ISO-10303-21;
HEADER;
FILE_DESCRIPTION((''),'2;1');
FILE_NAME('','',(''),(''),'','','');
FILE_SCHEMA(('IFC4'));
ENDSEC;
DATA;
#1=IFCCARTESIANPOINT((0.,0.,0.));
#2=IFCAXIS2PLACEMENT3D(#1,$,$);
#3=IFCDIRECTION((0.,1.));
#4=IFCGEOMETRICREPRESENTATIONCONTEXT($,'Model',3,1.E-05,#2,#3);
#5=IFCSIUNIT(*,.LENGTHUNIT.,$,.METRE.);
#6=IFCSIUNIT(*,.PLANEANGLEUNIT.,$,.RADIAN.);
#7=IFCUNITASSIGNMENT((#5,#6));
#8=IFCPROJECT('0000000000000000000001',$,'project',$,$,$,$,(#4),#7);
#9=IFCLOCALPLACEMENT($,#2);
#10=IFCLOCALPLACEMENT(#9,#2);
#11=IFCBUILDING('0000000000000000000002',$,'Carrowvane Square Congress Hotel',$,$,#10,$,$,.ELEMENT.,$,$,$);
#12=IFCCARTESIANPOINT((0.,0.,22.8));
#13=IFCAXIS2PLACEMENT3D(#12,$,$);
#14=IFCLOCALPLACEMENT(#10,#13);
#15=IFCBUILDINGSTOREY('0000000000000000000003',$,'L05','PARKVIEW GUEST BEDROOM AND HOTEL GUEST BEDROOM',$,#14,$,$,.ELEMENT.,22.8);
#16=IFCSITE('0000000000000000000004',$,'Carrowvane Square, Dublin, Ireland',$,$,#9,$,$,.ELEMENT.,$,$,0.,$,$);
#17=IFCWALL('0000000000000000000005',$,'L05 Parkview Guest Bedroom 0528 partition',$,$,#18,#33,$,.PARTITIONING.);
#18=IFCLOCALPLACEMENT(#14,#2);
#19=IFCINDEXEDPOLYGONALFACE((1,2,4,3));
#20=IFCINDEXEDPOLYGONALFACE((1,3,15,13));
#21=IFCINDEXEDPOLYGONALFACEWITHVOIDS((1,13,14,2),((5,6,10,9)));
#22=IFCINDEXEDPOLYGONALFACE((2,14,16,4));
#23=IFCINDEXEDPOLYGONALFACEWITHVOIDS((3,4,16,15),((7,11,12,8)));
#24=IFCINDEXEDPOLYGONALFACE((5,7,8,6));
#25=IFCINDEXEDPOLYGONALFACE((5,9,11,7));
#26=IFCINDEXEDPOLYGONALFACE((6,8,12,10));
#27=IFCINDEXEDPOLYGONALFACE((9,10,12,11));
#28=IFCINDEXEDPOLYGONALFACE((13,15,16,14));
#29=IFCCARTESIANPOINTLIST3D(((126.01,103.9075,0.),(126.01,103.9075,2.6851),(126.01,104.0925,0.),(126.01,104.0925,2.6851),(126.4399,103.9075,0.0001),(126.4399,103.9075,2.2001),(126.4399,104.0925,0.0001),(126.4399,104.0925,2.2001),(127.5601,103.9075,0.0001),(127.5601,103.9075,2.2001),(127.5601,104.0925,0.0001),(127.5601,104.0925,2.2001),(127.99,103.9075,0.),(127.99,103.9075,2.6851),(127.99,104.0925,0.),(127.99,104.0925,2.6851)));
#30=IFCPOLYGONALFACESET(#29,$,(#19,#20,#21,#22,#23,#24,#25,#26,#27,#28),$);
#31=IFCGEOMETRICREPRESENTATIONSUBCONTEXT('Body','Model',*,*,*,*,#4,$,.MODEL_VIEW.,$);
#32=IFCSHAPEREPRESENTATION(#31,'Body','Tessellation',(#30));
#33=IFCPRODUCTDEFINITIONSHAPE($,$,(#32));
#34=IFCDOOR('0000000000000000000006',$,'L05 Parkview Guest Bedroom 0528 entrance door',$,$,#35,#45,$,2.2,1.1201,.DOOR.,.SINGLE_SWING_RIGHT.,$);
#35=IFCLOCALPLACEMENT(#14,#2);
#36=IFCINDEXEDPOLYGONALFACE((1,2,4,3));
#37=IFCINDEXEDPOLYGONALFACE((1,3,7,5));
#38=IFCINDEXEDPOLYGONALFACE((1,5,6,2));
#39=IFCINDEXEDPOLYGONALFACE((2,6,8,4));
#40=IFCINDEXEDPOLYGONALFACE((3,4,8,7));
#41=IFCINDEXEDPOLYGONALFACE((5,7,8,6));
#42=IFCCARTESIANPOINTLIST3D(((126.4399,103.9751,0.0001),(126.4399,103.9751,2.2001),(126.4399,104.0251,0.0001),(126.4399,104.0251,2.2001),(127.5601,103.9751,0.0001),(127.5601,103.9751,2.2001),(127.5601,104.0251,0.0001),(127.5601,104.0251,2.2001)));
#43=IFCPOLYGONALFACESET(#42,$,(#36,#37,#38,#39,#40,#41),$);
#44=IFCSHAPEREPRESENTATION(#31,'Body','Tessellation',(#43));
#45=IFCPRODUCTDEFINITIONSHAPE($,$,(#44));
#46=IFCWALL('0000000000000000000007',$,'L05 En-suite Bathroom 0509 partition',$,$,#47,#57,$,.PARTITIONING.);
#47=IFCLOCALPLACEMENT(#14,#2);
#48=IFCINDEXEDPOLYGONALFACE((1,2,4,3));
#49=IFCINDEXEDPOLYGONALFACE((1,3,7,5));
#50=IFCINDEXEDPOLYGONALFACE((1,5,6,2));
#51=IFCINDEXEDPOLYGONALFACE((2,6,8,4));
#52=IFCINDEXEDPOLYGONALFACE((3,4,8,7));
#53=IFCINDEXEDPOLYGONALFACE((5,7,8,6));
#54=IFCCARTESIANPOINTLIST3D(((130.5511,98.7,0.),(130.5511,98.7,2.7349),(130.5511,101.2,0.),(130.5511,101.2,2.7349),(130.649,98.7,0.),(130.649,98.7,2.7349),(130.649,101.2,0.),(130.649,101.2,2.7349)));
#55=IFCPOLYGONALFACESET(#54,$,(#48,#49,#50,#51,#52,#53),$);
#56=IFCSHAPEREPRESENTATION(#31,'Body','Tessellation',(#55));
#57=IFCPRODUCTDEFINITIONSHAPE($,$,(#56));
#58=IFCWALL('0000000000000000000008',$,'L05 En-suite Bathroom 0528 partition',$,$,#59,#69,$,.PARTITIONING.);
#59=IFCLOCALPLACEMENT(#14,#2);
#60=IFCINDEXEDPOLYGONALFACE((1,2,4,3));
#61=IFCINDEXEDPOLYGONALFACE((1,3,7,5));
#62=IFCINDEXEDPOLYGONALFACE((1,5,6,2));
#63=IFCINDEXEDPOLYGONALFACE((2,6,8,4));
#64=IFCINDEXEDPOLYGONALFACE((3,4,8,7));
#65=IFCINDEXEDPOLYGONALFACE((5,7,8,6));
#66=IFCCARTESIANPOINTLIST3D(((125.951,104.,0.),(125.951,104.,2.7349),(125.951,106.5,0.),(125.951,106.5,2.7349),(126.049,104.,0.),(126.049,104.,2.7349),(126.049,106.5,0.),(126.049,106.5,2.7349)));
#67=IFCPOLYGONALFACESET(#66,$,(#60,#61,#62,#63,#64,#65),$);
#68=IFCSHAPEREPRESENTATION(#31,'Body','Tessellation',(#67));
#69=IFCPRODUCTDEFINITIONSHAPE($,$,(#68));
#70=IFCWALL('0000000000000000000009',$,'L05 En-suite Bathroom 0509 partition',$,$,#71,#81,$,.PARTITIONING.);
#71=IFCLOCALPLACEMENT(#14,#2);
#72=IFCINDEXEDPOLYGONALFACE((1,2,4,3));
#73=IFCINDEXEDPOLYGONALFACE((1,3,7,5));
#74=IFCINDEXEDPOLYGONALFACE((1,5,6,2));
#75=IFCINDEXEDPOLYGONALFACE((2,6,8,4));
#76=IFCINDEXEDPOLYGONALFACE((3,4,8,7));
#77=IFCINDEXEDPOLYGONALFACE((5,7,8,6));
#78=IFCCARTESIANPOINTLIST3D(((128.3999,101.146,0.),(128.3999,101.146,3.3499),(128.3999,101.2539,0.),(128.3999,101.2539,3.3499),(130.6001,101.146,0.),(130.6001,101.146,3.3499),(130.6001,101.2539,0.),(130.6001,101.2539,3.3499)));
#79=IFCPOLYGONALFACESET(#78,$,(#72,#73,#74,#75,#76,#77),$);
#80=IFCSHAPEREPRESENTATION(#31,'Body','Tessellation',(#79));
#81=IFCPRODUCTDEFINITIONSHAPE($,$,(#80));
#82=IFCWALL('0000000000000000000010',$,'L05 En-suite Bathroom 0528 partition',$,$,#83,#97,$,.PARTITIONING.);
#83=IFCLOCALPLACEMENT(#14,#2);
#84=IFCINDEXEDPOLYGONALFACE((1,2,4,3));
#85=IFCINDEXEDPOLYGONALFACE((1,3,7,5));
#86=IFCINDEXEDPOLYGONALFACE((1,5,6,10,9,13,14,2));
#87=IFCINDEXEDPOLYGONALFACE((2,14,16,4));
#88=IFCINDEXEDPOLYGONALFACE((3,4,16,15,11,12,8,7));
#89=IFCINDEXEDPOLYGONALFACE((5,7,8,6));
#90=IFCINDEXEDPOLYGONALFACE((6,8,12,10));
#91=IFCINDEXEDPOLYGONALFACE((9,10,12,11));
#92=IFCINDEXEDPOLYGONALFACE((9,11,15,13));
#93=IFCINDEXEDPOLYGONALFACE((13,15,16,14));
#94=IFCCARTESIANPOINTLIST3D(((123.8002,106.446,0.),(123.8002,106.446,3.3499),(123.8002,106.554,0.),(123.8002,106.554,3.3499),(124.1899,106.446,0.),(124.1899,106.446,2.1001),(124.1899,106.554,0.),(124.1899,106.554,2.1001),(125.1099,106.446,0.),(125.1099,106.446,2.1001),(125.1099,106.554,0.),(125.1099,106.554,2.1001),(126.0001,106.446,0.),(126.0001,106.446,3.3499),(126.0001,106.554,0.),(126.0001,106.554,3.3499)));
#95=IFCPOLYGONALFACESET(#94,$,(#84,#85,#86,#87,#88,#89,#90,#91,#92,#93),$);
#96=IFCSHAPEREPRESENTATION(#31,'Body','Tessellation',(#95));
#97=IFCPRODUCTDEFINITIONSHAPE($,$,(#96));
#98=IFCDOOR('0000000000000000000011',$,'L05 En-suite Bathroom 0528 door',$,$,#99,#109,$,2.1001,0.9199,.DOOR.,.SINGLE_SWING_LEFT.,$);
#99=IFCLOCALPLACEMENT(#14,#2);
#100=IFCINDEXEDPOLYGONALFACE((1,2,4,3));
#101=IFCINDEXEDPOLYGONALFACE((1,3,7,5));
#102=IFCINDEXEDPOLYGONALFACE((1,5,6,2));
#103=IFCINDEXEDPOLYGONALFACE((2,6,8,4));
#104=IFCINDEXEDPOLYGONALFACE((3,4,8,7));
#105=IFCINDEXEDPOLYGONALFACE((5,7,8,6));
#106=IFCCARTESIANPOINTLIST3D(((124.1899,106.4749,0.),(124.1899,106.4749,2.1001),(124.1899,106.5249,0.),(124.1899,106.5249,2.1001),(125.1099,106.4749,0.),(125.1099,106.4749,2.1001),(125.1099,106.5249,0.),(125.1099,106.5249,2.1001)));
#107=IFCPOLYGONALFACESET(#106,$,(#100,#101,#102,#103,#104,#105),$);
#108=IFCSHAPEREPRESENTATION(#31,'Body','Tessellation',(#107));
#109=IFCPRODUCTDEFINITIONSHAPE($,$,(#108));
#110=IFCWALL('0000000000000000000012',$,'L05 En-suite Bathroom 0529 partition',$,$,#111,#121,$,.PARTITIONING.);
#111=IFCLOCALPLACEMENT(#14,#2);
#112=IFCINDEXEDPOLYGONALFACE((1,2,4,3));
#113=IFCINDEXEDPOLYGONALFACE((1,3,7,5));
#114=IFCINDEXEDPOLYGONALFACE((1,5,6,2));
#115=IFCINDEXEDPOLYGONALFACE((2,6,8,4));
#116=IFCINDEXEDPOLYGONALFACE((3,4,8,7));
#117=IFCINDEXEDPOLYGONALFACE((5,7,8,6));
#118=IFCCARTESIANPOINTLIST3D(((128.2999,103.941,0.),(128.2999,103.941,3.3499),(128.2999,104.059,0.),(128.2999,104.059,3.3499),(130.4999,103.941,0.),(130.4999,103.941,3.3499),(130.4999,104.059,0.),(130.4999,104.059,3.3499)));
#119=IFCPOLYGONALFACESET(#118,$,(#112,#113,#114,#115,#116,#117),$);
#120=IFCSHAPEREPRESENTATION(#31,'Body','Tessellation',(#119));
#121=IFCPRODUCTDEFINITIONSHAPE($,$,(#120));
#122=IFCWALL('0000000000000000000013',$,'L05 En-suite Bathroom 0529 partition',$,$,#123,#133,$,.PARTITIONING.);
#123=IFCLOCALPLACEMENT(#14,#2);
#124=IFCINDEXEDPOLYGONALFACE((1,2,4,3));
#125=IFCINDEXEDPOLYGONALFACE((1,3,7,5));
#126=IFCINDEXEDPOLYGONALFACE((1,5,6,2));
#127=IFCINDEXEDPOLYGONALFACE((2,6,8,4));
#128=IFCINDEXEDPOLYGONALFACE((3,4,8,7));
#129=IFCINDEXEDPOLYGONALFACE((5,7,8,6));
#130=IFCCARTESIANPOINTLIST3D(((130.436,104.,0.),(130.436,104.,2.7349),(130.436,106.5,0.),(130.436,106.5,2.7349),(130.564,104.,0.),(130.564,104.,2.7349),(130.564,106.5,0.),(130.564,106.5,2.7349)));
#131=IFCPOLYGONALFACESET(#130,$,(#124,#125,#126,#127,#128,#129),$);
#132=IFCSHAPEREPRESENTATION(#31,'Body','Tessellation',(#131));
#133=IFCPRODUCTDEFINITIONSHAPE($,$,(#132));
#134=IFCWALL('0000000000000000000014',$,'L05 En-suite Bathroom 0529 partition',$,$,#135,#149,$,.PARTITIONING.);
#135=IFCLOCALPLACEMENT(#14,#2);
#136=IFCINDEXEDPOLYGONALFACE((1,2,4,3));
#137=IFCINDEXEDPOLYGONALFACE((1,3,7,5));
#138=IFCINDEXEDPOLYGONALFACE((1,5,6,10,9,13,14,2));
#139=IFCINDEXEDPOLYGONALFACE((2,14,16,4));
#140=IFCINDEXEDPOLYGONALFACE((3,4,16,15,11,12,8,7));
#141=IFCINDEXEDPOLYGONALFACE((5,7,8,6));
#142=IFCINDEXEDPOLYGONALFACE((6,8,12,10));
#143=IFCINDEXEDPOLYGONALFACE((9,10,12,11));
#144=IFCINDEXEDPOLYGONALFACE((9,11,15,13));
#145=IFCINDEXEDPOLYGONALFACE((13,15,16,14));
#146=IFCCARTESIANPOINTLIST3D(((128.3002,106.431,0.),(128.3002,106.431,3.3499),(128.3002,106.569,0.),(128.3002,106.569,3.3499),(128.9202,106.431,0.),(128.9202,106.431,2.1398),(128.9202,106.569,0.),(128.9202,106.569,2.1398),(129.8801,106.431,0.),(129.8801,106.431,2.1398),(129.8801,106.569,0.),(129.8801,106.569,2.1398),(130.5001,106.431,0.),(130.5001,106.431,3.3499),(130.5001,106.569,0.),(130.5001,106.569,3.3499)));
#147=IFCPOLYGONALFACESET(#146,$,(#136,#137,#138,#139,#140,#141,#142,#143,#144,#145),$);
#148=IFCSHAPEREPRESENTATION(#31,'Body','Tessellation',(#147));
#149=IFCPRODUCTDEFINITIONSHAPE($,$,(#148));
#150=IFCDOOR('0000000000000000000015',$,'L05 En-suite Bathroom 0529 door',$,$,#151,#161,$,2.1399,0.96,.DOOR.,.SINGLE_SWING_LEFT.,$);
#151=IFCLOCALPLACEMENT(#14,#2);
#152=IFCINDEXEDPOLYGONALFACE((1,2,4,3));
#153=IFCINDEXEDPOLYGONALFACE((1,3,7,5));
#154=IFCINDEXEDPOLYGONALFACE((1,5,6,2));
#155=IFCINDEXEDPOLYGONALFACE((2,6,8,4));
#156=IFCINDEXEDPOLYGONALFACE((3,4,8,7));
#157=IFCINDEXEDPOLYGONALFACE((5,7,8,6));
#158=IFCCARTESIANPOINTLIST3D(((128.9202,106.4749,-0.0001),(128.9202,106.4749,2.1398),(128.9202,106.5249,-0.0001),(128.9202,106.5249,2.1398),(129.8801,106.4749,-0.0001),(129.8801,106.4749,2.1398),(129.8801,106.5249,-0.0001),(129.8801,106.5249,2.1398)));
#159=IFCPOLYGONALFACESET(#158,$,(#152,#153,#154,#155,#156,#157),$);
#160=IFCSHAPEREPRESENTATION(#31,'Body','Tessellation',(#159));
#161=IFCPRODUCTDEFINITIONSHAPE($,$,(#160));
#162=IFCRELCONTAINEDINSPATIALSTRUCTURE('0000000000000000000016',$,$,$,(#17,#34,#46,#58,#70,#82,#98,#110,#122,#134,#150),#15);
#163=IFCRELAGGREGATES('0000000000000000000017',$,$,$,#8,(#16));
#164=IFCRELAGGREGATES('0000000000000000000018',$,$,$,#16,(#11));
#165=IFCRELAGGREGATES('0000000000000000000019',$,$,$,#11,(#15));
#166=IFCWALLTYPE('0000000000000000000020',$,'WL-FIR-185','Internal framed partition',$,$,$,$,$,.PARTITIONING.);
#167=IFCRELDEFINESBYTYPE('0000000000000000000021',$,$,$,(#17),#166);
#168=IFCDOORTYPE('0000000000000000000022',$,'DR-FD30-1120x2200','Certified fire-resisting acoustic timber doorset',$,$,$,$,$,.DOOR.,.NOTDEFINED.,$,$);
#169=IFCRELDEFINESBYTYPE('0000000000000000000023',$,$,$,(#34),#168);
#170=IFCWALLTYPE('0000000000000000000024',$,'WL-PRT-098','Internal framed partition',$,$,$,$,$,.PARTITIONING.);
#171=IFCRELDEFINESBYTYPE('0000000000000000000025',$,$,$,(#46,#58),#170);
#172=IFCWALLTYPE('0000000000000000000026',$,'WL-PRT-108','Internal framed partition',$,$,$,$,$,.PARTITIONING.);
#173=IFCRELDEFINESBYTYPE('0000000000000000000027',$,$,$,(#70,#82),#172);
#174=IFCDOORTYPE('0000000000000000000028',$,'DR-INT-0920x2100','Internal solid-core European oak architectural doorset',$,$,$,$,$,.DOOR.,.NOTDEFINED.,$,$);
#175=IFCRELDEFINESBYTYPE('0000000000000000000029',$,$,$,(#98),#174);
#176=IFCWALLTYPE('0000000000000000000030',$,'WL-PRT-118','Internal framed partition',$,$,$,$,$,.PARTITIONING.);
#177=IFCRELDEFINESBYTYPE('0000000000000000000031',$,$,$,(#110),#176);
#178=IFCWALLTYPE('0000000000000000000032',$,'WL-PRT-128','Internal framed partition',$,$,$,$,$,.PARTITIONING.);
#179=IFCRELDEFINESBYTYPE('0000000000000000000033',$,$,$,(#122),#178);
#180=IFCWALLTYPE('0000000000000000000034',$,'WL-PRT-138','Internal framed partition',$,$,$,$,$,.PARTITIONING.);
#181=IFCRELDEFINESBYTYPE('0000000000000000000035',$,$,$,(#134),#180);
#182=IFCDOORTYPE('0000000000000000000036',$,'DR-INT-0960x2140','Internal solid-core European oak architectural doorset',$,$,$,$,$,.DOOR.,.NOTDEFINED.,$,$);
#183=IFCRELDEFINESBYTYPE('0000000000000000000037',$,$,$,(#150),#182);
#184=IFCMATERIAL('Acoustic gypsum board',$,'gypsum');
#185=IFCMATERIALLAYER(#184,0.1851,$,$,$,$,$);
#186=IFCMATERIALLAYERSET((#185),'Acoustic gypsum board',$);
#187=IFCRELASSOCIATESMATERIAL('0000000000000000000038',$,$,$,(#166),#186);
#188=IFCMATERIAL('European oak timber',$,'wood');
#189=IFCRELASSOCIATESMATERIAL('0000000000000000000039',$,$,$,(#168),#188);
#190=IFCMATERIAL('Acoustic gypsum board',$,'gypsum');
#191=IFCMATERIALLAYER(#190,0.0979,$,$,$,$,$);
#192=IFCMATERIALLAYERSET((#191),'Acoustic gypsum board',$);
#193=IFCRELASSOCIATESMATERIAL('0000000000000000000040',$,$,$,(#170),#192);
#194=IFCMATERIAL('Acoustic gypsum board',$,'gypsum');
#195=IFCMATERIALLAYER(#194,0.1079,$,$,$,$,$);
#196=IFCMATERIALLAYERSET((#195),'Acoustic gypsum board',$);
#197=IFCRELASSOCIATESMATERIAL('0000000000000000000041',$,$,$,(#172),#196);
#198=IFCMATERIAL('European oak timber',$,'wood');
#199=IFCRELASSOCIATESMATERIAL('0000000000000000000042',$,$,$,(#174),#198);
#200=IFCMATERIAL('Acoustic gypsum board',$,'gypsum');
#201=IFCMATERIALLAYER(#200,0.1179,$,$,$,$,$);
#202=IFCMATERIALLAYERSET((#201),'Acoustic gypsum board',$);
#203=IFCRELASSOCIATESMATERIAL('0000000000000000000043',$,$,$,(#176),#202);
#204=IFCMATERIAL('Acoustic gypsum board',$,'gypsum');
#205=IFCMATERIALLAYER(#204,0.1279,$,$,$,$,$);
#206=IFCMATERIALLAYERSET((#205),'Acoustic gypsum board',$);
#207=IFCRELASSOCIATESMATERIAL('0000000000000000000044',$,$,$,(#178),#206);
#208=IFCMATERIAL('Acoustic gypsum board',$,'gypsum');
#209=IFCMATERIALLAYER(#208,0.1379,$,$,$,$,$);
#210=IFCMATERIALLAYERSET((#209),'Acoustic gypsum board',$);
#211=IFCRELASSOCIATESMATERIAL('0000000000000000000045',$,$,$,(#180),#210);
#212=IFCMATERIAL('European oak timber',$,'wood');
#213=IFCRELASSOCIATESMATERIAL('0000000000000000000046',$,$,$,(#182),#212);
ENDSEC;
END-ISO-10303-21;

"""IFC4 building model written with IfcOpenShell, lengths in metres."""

from ifc_helpers import new_model, si_unit, direction, frame, frame_2d, origin, place, context, subcontext, project, spatial, rectangle, extrude, material, layer, layer_set, type_object, element, fill, save


model = new_model("IFC4")

# Units and contexts
model_context = context("Model", 3, precision=1e-05, world=origin(), true_north=direction((0.0, 1.0)))
body_context = subcontext(model_context, "Body", "Model", "MODEL_VIEW")
ifc_project = project(units=[si_unit("LENGTHUNIT", "METRE"), si_unit("PLANEANGLEUNIT", "RADIAN")], contexts=[model_context])

# Site, building, storey
site_placement = place(None, origin())
site = spatial("IfcSite", under=ifc_project, at=site_placement, Name="Carrowvane Square, Dublin, Ireland", CompositionType="ELEMENT", RefElevation=0.0)
building_placement = place(site_placement, origin())
building = spatial("IfcBuilding", under=site, at=building_placement, Name="Carrowvane Square Congress Hotel", CompositionType="ELEMENT")
storey_placement = place(building_placement, frame((0.0, 0.0, 22.8)))
storey = spatial("IfcBuildingStorey", under=building, at=storey_placement, Name="L05", Description="PARKVIEW GUEST BEDROOM AND HOTEL GUEST BEDROOM", CompositionType="ELEMENT", Elevation=22.8)

# Shared definitions
ifc_material_1 = material(Name="Acoustic gypsum board", Category="gypsum")
ifc_layer_1 = layer(ifc_material_1, 0.1851)
ifc_layer_set_1 = layer_set([ifc_layer_1], Name="Acoustic gypsum board")
wall_type_1 = type_object("IfcWallType", Name="WL-FIR-185", Description="Internal framed partition", PredefinedType="PARTITIONING", material=ifc_layer_set_1)

# Wall, opening, door
wall_1_placement = place(storey_placement, frame((127.99, 104.0, 0.0), z_axis=(0.0, 0.0, 1.0), x_axis=(-1.0, 0.0, 0.0)))
wall_1 = element("IfcWall", 1, at=wall_1_placement, inside=storey, type_object=wall_type_1, Name="L05 Parkview Guest Bedroom 0528 partition", PredefinedType="PARTITIONING", context=body_context, shape_type="SweptSolid", body=[
    extrude(rectangle(XDim=1.98, YDim=0.1851, at=frame_2d((0.99, 0.0))), origin(), (0.0, 0.0, 1.0), 2.6851),
])
opening_1_placement = place(wall_1_placement, frame((0.4299, 0.0, 0.0)))
opening_1 = element("IfcOpeningElement", 2, at=opening_1_placement, cuts=wall_1, PredefinedType="OPENING", context=body_context, shape_type="SweptSolid", body=[
    extrude(rectangle(XDim=1.1201, YDim=2.2, at=frame_2d((0.5601, 1.1001))), frame((0.0, 0.1025, 0.0), z_axis=(0.0, -1.0, 0.0), x_axis=(1.0, 0.0, 0.0)), (0.0, 0.0, 1.0), 0.2051),
])
ifc_material_2 = material(Name="European oak timber", Category="wood")
door_type_1 = type_object("IfcDoorType", Name="DR-FD30-1120x2200", Description="Certified fire-resisting acoustic timber doorset", OperationType="NOTDEFINED", PredefinedType="DOOR", material=ifc_material_2)
door_1_placement = place(opening_1_placement, origin())
door_1 = element("IfcDoor", 3, at=door_1_placement, inside=storey, type_object=door_type_1, Name="L05 Parkview Guest Bedroom 0528 entrance door", OperationType="SINGLE_SWING_RIGHT", OverallHeight=2.2, OverallWidth=1.1201, PredefinedType="DOOR", context=body_context, shape_type="SweptSolid", body=[
    extrude(rectangle(XDim=1.1201, YDim=2.2, at=frame_2d((0.5601, 1.1001))), frame((0.0, 0.0249, 0.0), z_axis=(0.0, -1.0, 0.0), x_axis=(1.0, 0.0, 0.0)), (0.0, 0.0, 1.0), 0.05),
])
fill(opening_1, door_1)

# Walls
ifc_material_3 = material(Name="Acoustic gypsum board", Category="gypsum")
ifc_layer_2 = layer(ifc_material_3, 0.0979)
ifc_layer_set_2 = layer_set([ifc_layer_2], Name="Acoustic gypsum board")
wall_type_2 = type_object("IfcWallType", Name="WL-PRT-098", Description="Internal framed partition", PredefinedType="PARTITIONING", material=ifc_layer_set_2)
for number, where, z_axis, x_axis, name in (
    (4, (130.6001, 101.2, 0.0), (0.0, 0.0, 1.0), (0.0, -1.0, 0.0), "L05 En-suite Bathroom 0509 partition"),
    (5, (126.0, 106.5, 0.0), (0.0, 0.0, 1.0), (0.0, -1.0, 0.0), "L05 En-suite Bathroom 0528 partition"),
):
    element("IfcWall", number, at=place(storey_placement, frame(where, z_axis=z_axis, x_axis=x_axis)), inside=storey, type_object=wall_type_2, Name=name, PredefinedType="PARTITIONING", context=body_context, shape_type="SweptSolid", body=[
        extrude(rectangle(XDim=2.5, YDim=0.0979, at=frame_2d((1.25, 0.0))), origin(), (0.0, 0.0, 1.0), 2.7349),
    ])
ifc_material_4 = material(Name="Acoustic gypsum board", Category="gypsum")
ifc_layer_3 = layer(ifc_material_4, 0.1079)
ifc_layer_set_3 = layer_set([ifc_layer_3], Name="Acoustic gypsum board")
wall_type_3 = type_object("IfcWallType", Name="WL-PRT-108", Description="Internal framed partition", PredefinedType="PARTITIONING", material=ifc_layer_set_3)
wall_2_placement = place(storey_placement, frame((128.3999, 101.2, 0.0), z_axis=(0.0, 0.0, 1.0), x_axis=(1.0, 0.0, 0.0)))
element("IfcWall", 6, at=wall_2_placement, inside=storey, type_object=wall_type_3, Name="L05 En-suite Bathroom 0509 partition", PredefinedType="PARTITIONING", context=body_context, shape_type="SweptSolid", body=[
    extrude(rectangle(XDim=2.2002, YDim=0.1079, at=frame_2d((1.1001, 0.0))), origin(), (0.0, 0.0, 1.0), 3.3499),
])

# Wall, opening, door
wall_3_placement = place(storey_placement, frame((123.8, 106.5, 0.0), z_axis=(0.0, 0.0, 1.0), x_axis=(1.0, 0.0, 0.0)))
wall_3 = element("IfcWall", 7, at=wall_3_placement, inside=storey, type_object=wall_type_3, Name="L05 En-suite Bathroom 0528 partition", PredefinedType="PARTITIONING", context=body_context, shape_type="SweptSolid", body=[
    extrude(rectangle(XDim=2.2, YDim=0.1079, at=frame_2d((1.1001, 0.0))), origin(), (0.0, 0.0, 1.0), 3.3499),
])
opening_2_placement = place(wall_3_placement, frame((0.3899, 0.0, 0.0)))
opening_2 = element("IfcOpeningElement", 8, at=opening_2_placement, cuts=wall_3, PredefinedType="OPENING", context=body_context, shape_type="SweptSolid", body=[
    extrude(rectangle(XDim=0.9199, YDim=2.1001, at=frame_2d((0.46, 1.05))), frame((0.0, 0.064, 0.0), z_axis=(0.0, -1.0, 0.0), x_axis=(1.0, 0.0, 0.0)), (0.0, 0.0, 1.0), 0.1279),
])
ifc_material_5 = material(Name="European oak timber", Category="wood")
door_type_2 = type_object("IfcDoorType", Name="DR-INT-0920x2100", Description="Internal solid-core European oak architectural doorset", OperationType="NOTDEFINED", PredefinedType="DOOR", material=ifc_material_5)
door_2_placement = place(opening_2_placement, origin())
door_2 = element("IfcDoor", 9, at=door_2_placement, inside=storey, type_object=door_type_2, Name="L05 En-suite Bathroom 0528 door", OperationType="SINGLE_SWING_LEFT", OverallHeight=2.1001, OverallWidth=0.9199, PredefinedType="DOOR", context=body_context, shape_type="SweptSolid", body=[
    extrude(rectangle(XDim=0.9199, YDim=2.1001, at=frame_2d((0.46, 1.05))), frame((0.0, 0.0249, 0.0), z_axis=(0.0, -1.0, 0.0), x_axis=(1.0, 0.0, 0.0)), (0.0, 0.0, 1.0), 0.05),
])
fill(opening_2, door_2)

# Walls
ifc_material_6 = material(Name="Acoustic gypsum board", Category="gypsum")
ifc_layer_4 = layer(ifc_material_6, 0.1179)
ifc_layer_set_4 = layer_set([ifc_layer_4], Name="Acoustic gypsum board")
wall_type_4 = type_object("IfcWallType", Name="WL-PRT-118", Description="Internal framed partition", PredefinedType="PARTITIONING", material=ifc_layer_set_4)
wall_4_placement = place(storey_placement, frame((130.5, 104.0, 0.0), z_axis=(0.0, 0.0, 1.0), x_axis=(-1.0, 0.0, 0.0)))
element("IfcWall", 10, at=wall_4_placement, inside=storey, type_object=wall_type_4, Name="L05 En-suite Bathroom 0529 partition", PredefinedType="PARTITIONING", context=body_context, shape_type="SweptSolid", body=[
    extrude(rectangle(XDim=2.2, YDim=0.1179, at=frame_2d((1.1001, 0.0))), origin(), (0.0, 0.0, 1.0), 3.3499),
])
ifc_material_7 = material(Name="Acoustic gypsum board", Category="gypsum")
ifc_layer_5 = layer(ifc_material_7, 0.1279)
ifc_layer_set_5 = layer_set([ifc_layer_5], Name="Acoustic gypsum board")
wall_type_5 = type_object("IfcWallType", Name="WL-PRT-128", Description="Internal framed partition", PredefinedType="PARTITIONING", material=ifc_layer_set_5)
wall_5_placement = place(storey_placement, frame((130.5, 106.5, 0.0), z_axis=(0.0, 0.0, 1.0), x_axis=(0.0, -1.0, 0.0)))
element("IfcWall", 11, at=wall_5_placement, inside=storey, type_object=wall_type_5, Name="L05 En-suite Bathroom 0529 partition", PredefinedType="PARTITIONING", context=body_context, shape_type="SweptSolid", body=[
    extrude(rectangle(XDim=2.5, YDim=0.1279, at=frame_2d((1.25, 0.0))), origin(), (0.0, 0.0, 1.0), 2.7349),
])

# Wall, opening, door
ifc_material_8 = material(Name="Acoustic gypsum board", Category="gypsum")
ifc_layer_6 = layer(ifc_material_8, 0.1379)
ifc_layer_set_6 = layer_set([ifc_layer_6], Name="Acoustic gypsum board")
wall_type_6 = type_object("IfcWallType", Name="WL-PRT-138", Description="Internal framed partition", PredefinedType="PARTITIONING", material=ifc_layer_set_6)
wall_6_placement = place(storey_placement, frame((128.3, 106.5, 0.0), z_axis=(0.0, 0.0, 1.0), x_axis=(1.0, 0.0, 0.0)))
wall_6 = element("IfcWall", 12, at=wall_6_placement, inside=storey, type_object=wall_type_6, Name="L05 En-suite Bathroom 0529 partition", PredefinedType="PARTITIONING", context=body_context, shape_type="SweptSolid", body=[
    extrude(rectangle(XDim=2.2, YDim=0.1379, at=frame_2d((1.1001, 0.0))), origin(), (0.0, 0.0, 1.0), 3.3499),
])
opening_3_placement = place(wall_6_placement, frame((0.6201, 0.0, 0.0)))
opening_3 = element("IfcOpeningElement", 13, at=opening_3_placement, cuts=wall_6, PredefinedType="OPENING", context=body_context, shape_type="SweptSolid", body=[
    extrude(rectangle(XDim=0.96, YDim=2.1399, at=frame_2d((0.48, 1.0698))), frame((0.0, 0.0789, 0.0), z_axis=(0.0, -1.0, 0.0), x_axis=(1.0, 0.0, 0.0)), (0.0, 0.0, 1.0), 0.158),
])
ifc_material_9 = material(Name="European oak timber", Category="wood")
door_type_3 = type_object("IfcDoorType", Name="DR-INT-0960x2140", Description="Internal solid-core European oak architectural doorset", OperationType="NOTDEFINED", PredefinedType="DOOR", material=ifc_material_9)
door_3_placement = place(opening_3_placement, origin())
door_3 = element("IfcDoor", 14, at=door_3_placement, inside=storey, type_object=door_type_3, Name="L05 En-suite Bathroom 0529 door", OperationType="SINGLE_SWING_LEFT", OverallHeight=2.1399, OverallWidth=0.96, PredefinedType="DOOR", context=body_context, shape_type="SweptSolid", body=[
    extrude(rectangle(XDim=0.96, YDim=2.1399, at=frame_2d((0.48, 1.0698))), frame((0.0, 0.0249, 0.0), z_axis=(0.0, -1.0, 0.0), x_axis=(1.0, 0.0, 0.0)), (0.0, 0.0, 1.0), 0.05),
])
fill(opening_3, door_3)

save(model, "model.ifc")
